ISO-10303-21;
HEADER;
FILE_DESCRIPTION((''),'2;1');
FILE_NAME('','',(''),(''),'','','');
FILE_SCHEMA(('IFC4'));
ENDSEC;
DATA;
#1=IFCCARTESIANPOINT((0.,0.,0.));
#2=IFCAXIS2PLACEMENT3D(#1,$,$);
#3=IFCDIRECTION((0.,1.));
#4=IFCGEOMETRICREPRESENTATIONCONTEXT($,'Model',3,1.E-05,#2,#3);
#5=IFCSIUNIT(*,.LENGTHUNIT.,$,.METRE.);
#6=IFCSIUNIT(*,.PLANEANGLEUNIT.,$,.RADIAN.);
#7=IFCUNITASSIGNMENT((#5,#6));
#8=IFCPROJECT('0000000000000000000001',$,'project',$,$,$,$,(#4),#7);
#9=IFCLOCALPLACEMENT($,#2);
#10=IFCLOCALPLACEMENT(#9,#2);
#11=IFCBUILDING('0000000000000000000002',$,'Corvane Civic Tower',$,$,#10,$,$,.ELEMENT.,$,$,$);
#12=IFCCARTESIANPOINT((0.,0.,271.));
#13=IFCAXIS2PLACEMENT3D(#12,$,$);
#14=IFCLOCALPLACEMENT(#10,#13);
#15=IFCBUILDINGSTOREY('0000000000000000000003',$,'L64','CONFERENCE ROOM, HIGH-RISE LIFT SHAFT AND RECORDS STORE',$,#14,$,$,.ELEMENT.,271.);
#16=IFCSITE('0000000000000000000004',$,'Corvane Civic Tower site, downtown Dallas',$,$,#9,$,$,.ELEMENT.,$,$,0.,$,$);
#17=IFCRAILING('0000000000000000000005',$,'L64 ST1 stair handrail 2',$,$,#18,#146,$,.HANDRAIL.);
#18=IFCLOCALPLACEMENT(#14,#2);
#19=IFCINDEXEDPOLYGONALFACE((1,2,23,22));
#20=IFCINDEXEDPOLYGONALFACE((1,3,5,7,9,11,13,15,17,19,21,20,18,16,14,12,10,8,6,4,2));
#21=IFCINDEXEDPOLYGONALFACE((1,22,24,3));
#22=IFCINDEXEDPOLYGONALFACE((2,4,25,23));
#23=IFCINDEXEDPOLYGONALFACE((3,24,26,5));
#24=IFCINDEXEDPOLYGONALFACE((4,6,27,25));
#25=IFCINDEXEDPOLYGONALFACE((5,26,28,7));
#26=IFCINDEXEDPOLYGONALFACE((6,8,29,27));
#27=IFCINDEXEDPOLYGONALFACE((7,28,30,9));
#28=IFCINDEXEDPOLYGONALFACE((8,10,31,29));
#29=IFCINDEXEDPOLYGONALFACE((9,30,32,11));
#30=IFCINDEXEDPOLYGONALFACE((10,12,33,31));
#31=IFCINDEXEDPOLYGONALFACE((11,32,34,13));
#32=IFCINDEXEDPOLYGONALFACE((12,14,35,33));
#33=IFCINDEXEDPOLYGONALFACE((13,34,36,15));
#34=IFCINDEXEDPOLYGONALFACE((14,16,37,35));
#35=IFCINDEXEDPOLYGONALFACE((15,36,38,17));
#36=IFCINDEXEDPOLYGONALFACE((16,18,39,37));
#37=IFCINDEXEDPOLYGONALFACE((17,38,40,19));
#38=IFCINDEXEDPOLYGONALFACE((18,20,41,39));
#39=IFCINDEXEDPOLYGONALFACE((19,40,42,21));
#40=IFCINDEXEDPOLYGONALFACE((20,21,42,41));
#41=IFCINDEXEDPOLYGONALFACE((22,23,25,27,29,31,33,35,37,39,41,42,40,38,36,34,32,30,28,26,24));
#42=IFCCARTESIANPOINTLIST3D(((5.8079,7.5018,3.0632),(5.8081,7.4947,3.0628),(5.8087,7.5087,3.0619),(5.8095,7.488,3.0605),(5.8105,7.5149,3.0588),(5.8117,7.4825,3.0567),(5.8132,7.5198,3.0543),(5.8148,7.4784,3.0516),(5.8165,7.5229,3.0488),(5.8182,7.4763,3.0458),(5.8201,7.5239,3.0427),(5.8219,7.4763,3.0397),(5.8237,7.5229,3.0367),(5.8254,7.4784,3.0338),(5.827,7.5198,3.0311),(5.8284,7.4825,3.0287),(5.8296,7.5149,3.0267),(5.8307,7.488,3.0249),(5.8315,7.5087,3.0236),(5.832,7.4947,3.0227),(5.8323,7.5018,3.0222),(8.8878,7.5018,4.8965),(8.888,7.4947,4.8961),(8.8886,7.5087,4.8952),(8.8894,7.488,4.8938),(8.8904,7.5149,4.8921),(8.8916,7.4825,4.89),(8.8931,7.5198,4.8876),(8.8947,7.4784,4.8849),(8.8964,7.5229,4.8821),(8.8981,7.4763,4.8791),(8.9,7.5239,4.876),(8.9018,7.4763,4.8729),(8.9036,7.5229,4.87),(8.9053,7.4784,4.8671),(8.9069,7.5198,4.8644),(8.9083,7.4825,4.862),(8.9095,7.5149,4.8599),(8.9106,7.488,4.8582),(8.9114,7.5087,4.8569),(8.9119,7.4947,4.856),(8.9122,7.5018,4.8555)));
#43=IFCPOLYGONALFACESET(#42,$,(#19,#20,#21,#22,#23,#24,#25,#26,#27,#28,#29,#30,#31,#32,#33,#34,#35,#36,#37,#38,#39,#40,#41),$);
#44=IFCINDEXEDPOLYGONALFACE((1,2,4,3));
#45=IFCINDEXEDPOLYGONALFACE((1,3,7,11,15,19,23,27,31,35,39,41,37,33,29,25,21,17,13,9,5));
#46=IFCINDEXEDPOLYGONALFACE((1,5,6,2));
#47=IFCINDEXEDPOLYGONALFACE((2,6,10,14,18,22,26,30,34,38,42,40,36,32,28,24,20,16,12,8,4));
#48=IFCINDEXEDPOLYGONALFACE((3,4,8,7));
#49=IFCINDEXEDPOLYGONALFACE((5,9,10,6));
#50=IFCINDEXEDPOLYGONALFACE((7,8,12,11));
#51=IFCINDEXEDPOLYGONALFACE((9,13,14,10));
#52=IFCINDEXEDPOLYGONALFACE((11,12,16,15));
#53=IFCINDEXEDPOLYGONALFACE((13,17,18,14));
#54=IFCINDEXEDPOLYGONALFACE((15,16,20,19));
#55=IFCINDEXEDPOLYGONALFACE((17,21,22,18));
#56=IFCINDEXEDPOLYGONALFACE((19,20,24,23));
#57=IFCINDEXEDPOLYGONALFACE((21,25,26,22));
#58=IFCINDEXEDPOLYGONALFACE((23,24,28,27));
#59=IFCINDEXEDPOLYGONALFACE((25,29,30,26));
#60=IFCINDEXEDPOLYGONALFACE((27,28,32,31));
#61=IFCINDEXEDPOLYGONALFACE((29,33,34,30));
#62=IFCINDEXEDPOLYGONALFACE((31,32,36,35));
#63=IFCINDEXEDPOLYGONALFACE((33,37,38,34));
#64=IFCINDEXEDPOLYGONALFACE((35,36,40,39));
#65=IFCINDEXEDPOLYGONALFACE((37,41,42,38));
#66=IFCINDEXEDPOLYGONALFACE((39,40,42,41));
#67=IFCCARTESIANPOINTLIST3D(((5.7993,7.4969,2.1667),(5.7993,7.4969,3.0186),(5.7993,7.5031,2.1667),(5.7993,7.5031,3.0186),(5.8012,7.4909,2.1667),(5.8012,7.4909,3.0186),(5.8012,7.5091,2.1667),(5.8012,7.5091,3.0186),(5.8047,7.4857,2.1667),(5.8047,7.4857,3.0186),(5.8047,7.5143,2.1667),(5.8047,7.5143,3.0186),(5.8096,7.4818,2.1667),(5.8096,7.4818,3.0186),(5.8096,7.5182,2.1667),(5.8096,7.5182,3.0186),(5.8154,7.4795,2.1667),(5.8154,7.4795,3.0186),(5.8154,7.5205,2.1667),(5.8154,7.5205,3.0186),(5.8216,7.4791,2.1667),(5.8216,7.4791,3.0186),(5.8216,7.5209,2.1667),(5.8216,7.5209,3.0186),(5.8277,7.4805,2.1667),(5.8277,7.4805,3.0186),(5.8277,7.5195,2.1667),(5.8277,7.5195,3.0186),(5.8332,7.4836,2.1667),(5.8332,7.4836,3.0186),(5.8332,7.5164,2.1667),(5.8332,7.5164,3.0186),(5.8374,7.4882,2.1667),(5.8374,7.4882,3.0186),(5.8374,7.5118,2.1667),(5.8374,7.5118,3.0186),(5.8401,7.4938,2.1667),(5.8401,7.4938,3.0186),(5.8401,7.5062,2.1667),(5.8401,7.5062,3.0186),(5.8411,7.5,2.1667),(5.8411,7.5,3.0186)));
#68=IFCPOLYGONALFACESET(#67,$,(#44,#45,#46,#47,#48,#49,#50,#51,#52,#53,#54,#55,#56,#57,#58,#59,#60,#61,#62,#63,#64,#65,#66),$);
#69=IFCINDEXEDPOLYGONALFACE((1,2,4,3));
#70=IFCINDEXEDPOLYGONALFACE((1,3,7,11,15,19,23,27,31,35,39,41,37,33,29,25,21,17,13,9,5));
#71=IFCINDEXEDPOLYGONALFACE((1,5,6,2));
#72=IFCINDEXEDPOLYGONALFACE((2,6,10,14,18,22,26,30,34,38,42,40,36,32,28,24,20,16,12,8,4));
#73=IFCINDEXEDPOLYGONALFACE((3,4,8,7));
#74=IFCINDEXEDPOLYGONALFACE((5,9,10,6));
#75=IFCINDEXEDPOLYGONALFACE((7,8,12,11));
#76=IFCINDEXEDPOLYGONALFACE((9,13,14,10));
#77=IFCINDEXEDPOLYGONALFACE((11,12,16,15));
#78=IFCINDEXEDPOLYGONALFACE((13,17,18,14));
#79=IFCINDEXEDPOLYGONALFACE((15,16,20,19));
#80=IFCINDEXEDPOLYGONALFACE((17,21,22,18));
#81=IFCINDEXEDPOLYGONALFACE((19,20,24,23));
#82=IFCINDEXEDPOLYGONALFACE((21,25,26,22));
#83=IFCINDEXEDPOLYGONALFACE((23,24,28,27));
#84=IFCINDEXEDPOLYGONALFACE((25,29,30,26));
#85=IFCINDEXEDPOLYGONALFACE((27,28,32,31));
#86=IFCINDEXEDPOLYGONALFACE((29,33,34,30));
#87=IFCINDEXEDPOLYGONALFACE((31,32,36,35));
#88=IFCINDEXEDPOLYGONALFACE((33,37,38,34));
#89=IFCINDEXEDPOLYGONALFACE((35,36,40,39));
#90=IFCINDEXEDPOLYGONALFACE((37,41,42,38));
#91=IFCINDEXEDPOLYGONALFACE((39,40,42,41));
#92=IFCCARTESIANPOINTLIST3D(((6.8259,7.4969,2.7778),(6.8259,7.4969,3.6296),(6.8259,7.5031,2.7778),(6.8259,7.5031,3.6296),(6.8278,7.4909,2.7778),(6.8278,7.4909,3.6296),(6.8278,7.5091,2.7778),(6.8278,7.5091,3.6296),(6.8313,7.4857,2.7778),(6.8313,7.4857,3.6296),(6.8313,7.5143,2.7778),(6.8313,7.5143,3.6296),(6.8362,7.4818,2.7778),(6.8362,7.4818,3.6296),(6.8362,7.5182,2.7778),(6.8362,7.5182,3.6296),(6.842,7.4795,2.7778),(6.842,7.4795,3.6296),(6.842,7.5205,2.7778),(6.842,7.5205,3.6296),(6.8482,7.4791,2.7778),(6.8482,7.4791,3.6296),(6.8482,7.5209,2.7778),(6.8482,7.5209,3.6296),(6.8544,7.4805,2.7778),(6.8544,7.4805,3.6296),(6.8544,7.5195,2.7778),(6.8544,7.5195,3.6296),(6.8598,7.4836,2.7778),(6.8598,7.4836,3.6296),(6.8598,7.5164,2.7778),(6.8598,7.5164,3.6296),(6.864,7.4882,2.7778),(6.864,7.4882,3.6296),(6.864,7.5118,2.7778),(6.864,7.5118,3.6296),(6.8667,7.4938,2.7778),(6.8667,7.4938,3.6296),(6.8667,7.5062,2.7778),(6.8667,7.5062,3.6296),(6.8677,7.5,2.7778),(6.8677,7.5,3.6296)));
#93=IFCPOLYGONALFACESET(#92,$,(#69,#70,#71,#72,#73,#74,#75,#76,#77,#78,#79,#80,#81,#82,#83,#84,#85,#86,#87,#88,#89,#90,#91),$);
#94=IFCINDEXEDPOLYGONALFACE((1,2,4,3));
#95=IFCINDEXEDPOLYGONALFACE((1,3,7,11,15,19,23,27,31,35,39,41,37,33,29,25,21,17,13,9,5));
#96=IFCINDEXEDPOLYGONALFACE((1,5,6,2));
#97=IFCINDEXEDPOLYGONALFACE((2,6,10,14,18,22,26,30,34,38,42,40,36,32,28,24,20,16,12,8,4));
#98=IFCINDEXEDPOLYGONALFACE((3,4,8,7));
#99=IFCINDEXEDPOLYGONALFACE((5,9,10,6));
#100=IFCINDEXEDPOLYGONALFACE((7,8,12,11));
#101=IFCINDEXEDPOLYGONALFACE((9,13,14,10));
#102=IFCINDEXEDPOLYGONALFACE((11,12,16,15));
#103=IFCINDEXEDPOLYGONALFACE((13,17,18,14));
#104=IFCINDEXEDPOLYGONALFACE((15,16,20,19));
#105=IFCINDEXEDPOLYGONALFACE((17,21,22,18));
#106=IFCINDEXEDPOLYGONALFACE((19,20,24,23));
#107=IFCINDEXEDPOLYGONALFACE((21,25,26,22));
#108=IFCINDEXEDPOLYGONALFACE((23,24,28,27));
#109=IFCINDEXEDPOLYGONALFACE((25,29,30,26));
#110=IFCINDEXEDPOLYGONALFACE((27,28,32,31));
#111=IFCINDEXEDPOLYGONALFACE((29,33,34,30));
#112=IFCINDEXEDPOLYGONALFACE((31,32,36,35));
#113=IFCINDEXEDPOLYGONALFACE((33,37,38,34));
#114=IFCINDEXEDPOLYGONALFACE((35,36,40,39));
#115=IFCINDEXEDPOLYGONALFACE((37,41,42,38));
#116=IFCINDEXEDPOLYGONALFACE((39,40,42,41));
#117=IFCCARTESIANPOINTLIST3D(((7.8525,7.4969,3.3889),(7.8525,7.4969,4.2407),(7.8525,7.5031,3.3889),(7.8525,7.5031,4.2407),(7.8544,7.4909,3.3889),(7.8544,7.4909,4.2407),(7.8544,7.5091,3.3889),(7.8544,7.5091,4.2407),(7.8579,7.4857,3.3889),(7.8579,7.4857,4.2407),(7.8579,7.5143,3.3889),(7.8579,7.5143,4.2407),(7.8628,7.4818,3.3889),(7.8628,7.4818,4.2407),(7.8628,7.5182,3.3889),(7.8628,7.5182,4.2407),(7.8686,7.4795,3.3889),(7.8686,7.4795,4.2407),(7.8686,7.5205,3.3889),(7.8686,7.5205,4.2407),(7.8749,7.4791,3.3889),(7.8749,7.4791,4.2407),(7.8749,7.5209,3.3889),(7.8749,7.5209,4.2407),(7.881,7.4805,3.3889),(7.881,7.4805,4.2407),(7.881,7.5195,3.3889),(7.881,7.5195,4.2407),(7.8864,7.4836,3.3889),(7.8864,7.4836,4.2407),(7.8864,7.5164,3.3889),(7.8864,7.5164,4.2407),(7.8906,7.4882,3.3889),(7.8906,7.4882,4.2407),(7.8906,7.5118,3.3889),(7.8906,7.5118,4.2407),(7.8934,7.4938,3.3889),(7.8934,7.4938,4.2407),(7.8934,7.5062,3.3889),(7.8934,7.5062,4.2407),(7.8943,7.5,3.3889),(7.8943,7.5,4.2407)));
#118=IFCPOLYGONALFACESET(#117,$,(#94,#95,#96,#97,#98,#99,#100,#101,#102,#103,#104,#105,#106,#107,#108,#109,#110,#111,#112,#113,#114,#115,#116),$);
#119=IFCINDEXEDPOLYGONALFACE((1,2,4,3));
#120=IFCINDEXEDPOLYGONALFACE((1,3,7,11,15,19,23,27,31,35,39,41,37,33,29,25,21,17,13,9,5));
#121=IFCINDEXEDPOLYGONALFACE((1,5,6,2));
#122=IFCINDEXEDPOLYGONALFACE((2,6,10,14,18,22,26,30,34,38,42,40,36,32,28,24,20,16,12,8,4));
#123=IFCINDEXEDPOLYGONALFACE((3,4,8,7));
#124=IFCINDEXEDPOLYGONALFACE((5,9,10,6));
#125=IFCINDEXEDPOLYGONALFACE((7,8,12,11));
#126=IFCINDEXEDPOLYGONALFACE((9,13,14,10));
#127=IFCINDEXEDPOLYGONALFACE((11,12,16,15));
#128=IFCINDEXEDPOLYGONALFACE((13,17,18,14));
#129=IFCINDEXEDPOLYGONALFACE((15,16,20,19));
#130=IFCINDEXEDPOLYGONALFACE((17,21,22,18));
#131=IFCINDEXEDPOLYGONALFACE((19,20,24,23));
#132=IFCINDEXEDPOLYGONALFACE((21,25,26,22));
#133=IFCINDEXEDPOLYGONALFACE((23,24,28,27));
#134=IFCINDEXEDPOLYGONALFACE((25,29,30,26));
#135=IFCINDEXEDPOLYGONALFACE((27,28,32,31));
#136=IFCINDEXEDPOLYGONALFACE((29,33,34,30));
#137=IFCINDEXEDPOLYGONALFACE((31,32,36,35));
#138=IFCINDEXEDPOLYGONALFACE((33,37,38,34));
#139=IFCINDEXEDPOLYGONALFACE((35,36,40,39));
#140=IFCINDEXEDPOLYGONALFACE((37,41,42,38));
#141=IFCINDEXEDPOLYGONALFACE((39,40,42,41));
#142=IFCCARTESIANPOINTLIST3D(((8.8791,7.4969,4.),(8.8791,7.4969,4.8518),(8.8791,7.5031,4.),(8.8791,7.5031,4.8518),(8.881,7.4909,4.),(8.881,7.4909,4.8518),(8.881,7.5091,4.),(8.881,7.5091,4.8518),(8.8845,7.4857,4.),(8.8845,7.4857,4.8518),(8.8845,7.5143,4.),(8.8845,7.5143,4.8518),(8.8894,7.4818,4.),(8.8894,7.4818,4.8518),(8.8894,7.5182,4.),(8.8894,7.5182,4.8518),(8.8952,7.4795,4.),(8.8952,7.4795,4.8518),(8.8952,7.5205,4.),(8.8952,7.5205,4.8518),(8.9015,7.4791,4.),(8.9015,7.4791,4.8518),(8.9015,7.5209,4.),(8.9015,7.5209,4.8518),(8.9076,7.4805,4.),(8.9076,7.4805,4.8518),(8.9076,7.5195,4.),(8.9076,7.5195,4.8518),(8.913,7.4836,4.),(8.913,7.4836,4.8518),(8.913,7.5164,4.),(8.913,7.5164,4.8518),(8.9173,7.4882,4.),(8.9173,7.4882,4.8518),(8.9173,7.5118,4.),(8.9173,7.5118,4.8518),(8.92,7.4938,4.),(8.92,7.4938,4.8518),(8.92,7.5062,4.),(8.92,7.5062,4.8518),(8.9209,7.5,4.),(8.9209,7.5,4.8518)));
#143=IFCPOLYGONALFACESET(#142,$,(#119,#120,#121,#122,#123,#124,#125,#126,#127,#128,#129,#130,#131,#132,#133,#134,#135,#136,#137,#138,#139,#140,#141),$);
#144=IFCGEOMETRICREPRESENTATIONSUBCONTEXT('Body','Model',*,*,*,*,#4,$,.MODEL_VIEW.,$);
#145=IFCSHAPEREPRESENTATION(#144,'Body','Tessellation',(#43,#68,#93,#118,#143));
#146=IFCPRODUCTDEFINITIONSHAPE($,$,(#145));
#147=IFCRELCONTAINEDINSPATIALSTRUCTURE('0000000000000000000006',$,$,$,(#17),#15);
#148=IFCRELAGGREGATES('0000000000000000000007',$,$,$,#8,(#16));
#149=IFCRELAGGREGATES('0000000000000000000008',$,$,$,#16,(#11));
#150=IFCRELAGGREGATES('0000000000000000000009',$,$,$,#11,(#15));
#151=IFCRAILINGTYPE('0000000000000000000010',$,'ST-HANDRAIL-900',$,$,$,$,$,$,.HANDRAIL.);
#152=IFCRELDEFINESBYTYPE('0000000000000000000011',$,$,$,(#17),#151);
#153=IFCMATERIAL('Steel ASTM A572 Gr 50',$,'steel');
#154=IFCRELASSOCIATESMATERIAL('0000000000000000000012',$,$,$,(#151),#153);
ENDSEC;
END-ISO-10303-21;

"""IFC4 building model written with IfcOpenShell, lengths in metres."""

from ifc_helpers import new_model, si_unit, direction, frame, origin, origin_2d, place, context, subcontext, project, spatial, circle, extrude, material, type_object, element, save


model = new_model("IFC4")

# Units and contexts
model_context = context("Model", 3, precision=1e-05, world=origin(), true_north=direction((0.0, 1.0)))
body_context = subcontext(model_context, "Body", "Model", "MODEL_VIEW")
ifc_project = project(units=[si_unit("LENGTHUNIT", "METRE"), si_unit("PLANEANGLEUNIT", "RADIAN")], contexts=[model_context])

# Site, building, storey
site_placement = place(None, origin())
site = spatial("IfcSite", under=ifc_project, at=site_placement, Name="Corvane Civic Tower site, downtown Dallas", CompositionType="ELEMENT", RefElevation=0.0)
building_placement = place(site_placement, origin())
building = spatial("IfcBuilding", under=site, at=building_placement, Name="Corvane Civic Tower", CompositionType="ELEMENT")
storey_placement = place(building_placement, frame((0.0, 0.0, 271.0)))
storey = spatial("IfcBuildingStorey", under=building, at=storey_placement, Name="L64", Description="CONFERENCE ROOM, HIGH-RISE LIFT SHAFT AND RECORDS STORE", CompositionType="ELEMENT", Elevation=271.0)

# Railing
ifc_material_1 = material(Name="Steel ASTM A572 Gr 50", Category="steel")
railing_type_1 = type_object("IfcRailingType", Name="ST-HANDRAIL-900", PredefinedType="HANDRAIL", material=ifc_material_1)
railing_1_placement = place(storey_placement, frame((5.8201, 7.5, 2.1667)))
element("IfcRailing", 1, at=railing_1_placement, inside=storey, type_object=railing_type_1, Name="L64 ST1 stair handrail 2", PredefinedType="HANDRAIL", context=body_context, shape_type="SweptSolid", body=[
    extrude(circle(Radius=0.0239, at=origin_2d()), frame((0.0, 0.0, 0.876), z_axis=(0.859291, 0.0, 0.511487), x_axis=(0.0, 1.0, 0.0)), (0.0, 0.0, 1.0), 3.5842),
    extrude(circle(Radius=0.021, at=origin_2d()), origin(), (0.0, 0.0, 1.0), 0.8518),
    extrude(circle(Radius=0.021, at=origin_2d()), frame((1.0266, 0.0, 0.6111)), (0.0, 0.0, 1.0), 0.8518),
    extrude(circle(Radius=0.021, at=origin_2d()), frame((2.0532, 0.0, 1.2222)), (0.0, 0.0, 1.0), 0.8518),
    extrude(circle(Radius=0.021, at=origin_2d()), frame((3.0798, 0.0, 1.8333)), (0.0, 0.0, 1.0), 0.8518),
])

save(model, "model.ifc")
